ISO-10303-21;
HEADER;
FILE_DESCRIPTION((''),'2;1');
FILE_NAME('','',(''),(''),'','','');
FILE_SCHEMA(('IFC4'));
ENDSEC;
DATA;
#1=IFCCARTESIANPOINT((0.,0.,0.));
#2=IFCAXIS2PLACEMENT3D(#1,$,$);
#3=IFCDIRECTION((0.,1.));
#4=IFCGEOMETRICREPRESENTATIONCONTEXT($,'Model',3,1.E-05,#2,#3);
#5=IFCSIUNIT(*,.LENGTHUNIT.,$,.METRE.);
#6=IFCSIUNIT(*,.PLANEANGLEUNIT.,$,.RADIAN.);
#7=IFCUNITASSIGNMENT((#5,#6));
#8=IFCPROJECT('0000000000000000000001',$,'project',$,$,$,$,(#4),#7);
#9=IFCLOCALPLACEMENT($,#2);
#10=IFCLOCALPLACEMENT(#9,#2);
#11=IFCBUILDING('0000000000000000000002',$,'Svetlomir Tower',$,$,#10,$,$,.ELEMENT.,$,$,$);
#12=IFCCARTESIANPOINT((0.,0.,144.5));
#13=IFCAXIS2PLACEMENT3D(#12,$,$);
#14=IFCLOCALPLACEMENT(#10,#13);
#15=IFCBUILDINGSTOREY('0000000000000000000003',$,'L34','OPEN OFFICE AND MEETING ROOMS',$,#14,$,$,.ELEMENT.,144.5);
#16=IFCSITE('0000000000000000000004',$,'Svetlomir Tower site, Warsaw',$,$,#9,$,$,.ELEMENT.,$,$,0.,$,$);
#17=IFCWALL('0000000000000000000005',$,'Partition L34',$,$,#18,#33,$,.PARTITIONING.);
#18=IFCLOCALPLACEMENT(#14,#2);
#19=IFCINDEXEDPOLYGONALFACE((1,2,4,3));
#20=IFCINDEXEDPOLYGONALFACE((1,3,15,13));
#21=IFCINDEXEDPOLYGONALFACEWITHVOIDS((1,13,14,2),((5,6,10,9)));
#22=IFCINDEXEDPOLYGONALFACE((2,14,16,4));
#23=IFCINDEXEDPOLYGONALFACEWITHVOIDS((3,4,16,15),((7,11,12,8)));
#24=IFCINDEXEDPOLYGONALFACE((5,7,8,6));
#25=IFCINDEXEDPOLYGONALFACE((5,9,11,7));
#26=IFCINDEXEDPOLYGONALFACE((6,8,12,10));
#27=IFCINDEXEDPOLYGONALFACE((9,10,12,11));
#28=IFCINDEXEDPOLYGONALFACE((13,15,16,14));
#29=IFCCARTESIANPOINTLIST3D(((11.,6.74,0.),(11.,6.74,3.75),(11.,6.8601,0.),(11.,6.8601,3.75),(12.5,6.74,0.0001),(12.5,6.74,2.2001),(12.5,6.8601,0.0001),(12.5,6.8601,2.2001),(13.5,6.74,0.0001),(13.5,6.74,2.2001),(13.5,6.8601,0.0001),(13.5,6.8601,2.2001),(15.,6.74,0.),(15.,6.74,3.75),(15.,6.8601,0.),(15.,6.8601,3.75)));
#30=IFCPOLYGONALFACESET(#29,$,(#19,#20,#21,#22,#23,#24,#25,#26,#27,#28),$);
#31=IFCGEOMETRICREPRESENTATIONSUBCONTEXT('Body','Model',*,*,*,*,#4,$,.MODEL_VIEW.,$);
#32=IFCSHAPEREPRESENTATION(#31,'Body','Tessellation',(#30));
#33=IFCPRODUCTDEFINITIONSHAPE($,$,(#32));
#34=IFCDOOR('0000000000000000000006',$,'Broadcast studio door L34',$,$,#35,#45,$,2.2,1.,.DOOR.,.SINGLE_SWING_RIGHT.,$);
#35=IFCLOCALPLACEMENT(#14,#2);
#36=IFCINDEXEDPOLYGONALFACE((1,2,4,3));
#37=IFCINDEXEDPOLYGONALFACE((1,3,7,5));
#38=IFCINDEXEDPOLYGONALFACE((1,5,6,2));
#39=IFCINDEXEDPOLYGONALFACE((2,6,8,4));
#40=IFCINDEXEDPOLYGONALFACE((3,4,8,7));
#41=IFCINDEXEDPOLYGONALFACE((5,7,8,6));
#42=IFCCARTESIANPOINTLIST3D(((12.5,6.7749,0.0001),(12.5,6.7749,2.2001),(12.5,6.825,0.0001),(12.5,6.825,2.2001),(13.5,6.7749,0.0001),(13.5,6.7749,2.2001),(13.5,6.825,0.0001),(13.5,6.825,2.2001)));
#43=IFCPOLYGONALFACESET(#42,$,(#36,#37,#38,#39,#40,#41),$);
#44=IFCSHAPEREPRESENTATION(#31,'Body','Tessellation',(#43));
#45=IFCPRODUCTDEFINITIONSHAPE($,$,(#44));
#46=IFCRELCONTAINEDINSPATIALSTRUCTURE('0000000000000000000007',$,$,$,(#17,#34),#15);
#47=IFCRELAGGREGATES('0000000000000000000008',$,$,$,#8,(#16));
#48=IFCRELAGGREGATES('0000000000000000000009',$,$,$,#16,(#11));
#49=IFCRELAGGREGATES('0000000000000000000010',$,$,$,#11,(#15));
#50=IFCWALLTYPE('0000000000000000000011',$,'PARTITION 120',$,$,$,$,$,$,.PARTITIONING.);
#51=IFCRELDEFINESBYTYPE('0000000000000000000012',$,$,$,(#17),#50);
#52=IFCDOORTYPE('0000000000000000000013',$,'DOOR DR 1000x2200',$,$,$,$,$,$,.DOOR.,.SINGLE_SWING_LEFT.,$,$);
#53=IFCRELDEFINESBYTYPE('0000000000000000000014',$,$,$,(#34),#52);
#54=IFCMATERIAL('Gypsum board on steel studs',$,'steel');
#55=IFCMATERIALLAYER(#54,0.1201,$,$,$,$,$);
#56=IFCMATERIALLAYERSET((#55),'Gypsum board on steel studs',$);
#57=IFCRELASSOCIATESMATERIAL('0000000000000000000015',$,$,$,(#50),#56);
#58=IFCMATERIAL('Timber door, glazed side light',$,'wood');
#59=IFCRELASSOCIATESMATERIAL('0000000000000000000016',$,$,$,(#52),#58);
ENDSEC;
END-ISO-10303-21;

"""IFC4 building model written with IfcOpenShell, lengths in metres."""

from ifc_helpers import new_model, si_unit, direction, frame, frame_2d, origin, place, context, subcontext, project, spatial, rectangle, extrude, material, layer, layer_set, type_object, element, fill, save


model = new_model("IFC4")

# Units and contexts
model_context = context("Model", 3, precision=1e-05, world=origin(), true_north=direction((0.0, 1.0)))
body_context = subcontext(model_context, "Body", "Model", "MODEL_VIEW")
ifc_project = project(units=[si_unit("LENGTHUNIT", "METRE"), si_unit("PLANEANGLEUNIT", "RADIAN")], contexts=[model_context])

# Site, building, storey
site_placement = place(None, origin())
site = spatial("IfcSite", under=ifc_project, at=site_placement, Name="Svetlomir Tower site, Warsaw", CompositionType="ELEMENT", RefElevation=0.0)
building_placement = place(site_placement, origin())
building = spatial("IfcBuilding", under=site, at=building_placement, Name="Svetlomir Tower", CompositionType="ELEMENT")
storey_placement = place(building_placement, frame((0.0, 0.0, 144.5)))
storey = spatial("IfcBuildingStorey", under=building, at=storey_placement, Name="L34", Description="OPEN OFFICE AND MEETING ROOMS", CompositionType="ELEMENT", Elevation=144.5)

# Wall, opening, door
ifc_material_1 = material(Name="Gypsum board on steel studs", Category="steel")
ifc_layer_1 = layer(ifc_material_1, 0.1201)
ifc_layer_set_1 = layer_set([ifc_layer_1], Name="Gypsum board on steel studs")
wall_type_1 = type_object("IfcWallType", Name="PARTITION 120", PredefinedType="PARTITIONING", material=ifc_layer_set_1)
wall_1_placement = place(storey_placement, frame((11.0, 6.8, 0.0), z_axis=(0.0, 0.0, 1.0), x_axis=(1.0, 0.0, 0.0)))
wall_1 = element("IfcWall", 1, at=wall_1_placement, inside=storey, type_object=wall_type_1, Name="Partition L34", PredefinedType="PARTITIONING", context=body_context, shape_type="SweptSolid", body=[
    extrude(rectangle(XDim=4.0, YDim=0.1201, at=frame_2d((2.0, 0.0))), origin(), (0.0, 0.0, 1.0), 3.75),
])
opening_1_placement = place(wall_1_placement, frame((1.5, 0.0, 0.0)))
opening_1 = element("IfcOpeningElement", 2, at=opening_1_placement, cuts=wall_1, PredefinedType="OPENING", context=body_context, shape_type="SweptSolid", body=[
    extrude(rectangle(XDim=1.0, YDim=2.2, at=frame_2d((0.5, 1.1001))), frame((0.0, 0.0701, 0.0), z_axis=(0.0, -1.0, 0.0), x_axis=(1.0, 0.0, 0.0)), (0.0, 0.0, 1.0), 0.1401),
])
ifc_material_2 = material(Name="Timber door, glazed side light", Category="wood")
door_type_1 = type_object("IfcDoorType", Name="DOOR DR 1000x2200", OperationType="SINGLE_SWING_LEFT", PredefinedType="DOOR", material=ifc_material_2)
door_1_placement = place(opening_1_placement, origin())
door_1 = element("IfcDoor", 3, at=door_1_placement, inside=storey, type_object=door_type_1, Name="Broadcast studio door L34", OperationType="SINGLE_SWING_RIGHT", OverallHeight=2.2, OverallWidth=1.0, PredefinedType="DOOR", context=body_context, shape_type="SweptSolid", body=[
    extrude(rectangle(XDim=1.0, YDim=2.2, at=frame_2d((0.5, 1.1001))), frame((0.0, 0.0249, 0.0), z_axis=(0.0, -1.0, 0.0), x_axis=(1.0, 0.0, 0.0)), (0.0, 0.0, 1.0), 0.05),
])
fill(opening_1, door_1)

save(model, "model.ifc")
